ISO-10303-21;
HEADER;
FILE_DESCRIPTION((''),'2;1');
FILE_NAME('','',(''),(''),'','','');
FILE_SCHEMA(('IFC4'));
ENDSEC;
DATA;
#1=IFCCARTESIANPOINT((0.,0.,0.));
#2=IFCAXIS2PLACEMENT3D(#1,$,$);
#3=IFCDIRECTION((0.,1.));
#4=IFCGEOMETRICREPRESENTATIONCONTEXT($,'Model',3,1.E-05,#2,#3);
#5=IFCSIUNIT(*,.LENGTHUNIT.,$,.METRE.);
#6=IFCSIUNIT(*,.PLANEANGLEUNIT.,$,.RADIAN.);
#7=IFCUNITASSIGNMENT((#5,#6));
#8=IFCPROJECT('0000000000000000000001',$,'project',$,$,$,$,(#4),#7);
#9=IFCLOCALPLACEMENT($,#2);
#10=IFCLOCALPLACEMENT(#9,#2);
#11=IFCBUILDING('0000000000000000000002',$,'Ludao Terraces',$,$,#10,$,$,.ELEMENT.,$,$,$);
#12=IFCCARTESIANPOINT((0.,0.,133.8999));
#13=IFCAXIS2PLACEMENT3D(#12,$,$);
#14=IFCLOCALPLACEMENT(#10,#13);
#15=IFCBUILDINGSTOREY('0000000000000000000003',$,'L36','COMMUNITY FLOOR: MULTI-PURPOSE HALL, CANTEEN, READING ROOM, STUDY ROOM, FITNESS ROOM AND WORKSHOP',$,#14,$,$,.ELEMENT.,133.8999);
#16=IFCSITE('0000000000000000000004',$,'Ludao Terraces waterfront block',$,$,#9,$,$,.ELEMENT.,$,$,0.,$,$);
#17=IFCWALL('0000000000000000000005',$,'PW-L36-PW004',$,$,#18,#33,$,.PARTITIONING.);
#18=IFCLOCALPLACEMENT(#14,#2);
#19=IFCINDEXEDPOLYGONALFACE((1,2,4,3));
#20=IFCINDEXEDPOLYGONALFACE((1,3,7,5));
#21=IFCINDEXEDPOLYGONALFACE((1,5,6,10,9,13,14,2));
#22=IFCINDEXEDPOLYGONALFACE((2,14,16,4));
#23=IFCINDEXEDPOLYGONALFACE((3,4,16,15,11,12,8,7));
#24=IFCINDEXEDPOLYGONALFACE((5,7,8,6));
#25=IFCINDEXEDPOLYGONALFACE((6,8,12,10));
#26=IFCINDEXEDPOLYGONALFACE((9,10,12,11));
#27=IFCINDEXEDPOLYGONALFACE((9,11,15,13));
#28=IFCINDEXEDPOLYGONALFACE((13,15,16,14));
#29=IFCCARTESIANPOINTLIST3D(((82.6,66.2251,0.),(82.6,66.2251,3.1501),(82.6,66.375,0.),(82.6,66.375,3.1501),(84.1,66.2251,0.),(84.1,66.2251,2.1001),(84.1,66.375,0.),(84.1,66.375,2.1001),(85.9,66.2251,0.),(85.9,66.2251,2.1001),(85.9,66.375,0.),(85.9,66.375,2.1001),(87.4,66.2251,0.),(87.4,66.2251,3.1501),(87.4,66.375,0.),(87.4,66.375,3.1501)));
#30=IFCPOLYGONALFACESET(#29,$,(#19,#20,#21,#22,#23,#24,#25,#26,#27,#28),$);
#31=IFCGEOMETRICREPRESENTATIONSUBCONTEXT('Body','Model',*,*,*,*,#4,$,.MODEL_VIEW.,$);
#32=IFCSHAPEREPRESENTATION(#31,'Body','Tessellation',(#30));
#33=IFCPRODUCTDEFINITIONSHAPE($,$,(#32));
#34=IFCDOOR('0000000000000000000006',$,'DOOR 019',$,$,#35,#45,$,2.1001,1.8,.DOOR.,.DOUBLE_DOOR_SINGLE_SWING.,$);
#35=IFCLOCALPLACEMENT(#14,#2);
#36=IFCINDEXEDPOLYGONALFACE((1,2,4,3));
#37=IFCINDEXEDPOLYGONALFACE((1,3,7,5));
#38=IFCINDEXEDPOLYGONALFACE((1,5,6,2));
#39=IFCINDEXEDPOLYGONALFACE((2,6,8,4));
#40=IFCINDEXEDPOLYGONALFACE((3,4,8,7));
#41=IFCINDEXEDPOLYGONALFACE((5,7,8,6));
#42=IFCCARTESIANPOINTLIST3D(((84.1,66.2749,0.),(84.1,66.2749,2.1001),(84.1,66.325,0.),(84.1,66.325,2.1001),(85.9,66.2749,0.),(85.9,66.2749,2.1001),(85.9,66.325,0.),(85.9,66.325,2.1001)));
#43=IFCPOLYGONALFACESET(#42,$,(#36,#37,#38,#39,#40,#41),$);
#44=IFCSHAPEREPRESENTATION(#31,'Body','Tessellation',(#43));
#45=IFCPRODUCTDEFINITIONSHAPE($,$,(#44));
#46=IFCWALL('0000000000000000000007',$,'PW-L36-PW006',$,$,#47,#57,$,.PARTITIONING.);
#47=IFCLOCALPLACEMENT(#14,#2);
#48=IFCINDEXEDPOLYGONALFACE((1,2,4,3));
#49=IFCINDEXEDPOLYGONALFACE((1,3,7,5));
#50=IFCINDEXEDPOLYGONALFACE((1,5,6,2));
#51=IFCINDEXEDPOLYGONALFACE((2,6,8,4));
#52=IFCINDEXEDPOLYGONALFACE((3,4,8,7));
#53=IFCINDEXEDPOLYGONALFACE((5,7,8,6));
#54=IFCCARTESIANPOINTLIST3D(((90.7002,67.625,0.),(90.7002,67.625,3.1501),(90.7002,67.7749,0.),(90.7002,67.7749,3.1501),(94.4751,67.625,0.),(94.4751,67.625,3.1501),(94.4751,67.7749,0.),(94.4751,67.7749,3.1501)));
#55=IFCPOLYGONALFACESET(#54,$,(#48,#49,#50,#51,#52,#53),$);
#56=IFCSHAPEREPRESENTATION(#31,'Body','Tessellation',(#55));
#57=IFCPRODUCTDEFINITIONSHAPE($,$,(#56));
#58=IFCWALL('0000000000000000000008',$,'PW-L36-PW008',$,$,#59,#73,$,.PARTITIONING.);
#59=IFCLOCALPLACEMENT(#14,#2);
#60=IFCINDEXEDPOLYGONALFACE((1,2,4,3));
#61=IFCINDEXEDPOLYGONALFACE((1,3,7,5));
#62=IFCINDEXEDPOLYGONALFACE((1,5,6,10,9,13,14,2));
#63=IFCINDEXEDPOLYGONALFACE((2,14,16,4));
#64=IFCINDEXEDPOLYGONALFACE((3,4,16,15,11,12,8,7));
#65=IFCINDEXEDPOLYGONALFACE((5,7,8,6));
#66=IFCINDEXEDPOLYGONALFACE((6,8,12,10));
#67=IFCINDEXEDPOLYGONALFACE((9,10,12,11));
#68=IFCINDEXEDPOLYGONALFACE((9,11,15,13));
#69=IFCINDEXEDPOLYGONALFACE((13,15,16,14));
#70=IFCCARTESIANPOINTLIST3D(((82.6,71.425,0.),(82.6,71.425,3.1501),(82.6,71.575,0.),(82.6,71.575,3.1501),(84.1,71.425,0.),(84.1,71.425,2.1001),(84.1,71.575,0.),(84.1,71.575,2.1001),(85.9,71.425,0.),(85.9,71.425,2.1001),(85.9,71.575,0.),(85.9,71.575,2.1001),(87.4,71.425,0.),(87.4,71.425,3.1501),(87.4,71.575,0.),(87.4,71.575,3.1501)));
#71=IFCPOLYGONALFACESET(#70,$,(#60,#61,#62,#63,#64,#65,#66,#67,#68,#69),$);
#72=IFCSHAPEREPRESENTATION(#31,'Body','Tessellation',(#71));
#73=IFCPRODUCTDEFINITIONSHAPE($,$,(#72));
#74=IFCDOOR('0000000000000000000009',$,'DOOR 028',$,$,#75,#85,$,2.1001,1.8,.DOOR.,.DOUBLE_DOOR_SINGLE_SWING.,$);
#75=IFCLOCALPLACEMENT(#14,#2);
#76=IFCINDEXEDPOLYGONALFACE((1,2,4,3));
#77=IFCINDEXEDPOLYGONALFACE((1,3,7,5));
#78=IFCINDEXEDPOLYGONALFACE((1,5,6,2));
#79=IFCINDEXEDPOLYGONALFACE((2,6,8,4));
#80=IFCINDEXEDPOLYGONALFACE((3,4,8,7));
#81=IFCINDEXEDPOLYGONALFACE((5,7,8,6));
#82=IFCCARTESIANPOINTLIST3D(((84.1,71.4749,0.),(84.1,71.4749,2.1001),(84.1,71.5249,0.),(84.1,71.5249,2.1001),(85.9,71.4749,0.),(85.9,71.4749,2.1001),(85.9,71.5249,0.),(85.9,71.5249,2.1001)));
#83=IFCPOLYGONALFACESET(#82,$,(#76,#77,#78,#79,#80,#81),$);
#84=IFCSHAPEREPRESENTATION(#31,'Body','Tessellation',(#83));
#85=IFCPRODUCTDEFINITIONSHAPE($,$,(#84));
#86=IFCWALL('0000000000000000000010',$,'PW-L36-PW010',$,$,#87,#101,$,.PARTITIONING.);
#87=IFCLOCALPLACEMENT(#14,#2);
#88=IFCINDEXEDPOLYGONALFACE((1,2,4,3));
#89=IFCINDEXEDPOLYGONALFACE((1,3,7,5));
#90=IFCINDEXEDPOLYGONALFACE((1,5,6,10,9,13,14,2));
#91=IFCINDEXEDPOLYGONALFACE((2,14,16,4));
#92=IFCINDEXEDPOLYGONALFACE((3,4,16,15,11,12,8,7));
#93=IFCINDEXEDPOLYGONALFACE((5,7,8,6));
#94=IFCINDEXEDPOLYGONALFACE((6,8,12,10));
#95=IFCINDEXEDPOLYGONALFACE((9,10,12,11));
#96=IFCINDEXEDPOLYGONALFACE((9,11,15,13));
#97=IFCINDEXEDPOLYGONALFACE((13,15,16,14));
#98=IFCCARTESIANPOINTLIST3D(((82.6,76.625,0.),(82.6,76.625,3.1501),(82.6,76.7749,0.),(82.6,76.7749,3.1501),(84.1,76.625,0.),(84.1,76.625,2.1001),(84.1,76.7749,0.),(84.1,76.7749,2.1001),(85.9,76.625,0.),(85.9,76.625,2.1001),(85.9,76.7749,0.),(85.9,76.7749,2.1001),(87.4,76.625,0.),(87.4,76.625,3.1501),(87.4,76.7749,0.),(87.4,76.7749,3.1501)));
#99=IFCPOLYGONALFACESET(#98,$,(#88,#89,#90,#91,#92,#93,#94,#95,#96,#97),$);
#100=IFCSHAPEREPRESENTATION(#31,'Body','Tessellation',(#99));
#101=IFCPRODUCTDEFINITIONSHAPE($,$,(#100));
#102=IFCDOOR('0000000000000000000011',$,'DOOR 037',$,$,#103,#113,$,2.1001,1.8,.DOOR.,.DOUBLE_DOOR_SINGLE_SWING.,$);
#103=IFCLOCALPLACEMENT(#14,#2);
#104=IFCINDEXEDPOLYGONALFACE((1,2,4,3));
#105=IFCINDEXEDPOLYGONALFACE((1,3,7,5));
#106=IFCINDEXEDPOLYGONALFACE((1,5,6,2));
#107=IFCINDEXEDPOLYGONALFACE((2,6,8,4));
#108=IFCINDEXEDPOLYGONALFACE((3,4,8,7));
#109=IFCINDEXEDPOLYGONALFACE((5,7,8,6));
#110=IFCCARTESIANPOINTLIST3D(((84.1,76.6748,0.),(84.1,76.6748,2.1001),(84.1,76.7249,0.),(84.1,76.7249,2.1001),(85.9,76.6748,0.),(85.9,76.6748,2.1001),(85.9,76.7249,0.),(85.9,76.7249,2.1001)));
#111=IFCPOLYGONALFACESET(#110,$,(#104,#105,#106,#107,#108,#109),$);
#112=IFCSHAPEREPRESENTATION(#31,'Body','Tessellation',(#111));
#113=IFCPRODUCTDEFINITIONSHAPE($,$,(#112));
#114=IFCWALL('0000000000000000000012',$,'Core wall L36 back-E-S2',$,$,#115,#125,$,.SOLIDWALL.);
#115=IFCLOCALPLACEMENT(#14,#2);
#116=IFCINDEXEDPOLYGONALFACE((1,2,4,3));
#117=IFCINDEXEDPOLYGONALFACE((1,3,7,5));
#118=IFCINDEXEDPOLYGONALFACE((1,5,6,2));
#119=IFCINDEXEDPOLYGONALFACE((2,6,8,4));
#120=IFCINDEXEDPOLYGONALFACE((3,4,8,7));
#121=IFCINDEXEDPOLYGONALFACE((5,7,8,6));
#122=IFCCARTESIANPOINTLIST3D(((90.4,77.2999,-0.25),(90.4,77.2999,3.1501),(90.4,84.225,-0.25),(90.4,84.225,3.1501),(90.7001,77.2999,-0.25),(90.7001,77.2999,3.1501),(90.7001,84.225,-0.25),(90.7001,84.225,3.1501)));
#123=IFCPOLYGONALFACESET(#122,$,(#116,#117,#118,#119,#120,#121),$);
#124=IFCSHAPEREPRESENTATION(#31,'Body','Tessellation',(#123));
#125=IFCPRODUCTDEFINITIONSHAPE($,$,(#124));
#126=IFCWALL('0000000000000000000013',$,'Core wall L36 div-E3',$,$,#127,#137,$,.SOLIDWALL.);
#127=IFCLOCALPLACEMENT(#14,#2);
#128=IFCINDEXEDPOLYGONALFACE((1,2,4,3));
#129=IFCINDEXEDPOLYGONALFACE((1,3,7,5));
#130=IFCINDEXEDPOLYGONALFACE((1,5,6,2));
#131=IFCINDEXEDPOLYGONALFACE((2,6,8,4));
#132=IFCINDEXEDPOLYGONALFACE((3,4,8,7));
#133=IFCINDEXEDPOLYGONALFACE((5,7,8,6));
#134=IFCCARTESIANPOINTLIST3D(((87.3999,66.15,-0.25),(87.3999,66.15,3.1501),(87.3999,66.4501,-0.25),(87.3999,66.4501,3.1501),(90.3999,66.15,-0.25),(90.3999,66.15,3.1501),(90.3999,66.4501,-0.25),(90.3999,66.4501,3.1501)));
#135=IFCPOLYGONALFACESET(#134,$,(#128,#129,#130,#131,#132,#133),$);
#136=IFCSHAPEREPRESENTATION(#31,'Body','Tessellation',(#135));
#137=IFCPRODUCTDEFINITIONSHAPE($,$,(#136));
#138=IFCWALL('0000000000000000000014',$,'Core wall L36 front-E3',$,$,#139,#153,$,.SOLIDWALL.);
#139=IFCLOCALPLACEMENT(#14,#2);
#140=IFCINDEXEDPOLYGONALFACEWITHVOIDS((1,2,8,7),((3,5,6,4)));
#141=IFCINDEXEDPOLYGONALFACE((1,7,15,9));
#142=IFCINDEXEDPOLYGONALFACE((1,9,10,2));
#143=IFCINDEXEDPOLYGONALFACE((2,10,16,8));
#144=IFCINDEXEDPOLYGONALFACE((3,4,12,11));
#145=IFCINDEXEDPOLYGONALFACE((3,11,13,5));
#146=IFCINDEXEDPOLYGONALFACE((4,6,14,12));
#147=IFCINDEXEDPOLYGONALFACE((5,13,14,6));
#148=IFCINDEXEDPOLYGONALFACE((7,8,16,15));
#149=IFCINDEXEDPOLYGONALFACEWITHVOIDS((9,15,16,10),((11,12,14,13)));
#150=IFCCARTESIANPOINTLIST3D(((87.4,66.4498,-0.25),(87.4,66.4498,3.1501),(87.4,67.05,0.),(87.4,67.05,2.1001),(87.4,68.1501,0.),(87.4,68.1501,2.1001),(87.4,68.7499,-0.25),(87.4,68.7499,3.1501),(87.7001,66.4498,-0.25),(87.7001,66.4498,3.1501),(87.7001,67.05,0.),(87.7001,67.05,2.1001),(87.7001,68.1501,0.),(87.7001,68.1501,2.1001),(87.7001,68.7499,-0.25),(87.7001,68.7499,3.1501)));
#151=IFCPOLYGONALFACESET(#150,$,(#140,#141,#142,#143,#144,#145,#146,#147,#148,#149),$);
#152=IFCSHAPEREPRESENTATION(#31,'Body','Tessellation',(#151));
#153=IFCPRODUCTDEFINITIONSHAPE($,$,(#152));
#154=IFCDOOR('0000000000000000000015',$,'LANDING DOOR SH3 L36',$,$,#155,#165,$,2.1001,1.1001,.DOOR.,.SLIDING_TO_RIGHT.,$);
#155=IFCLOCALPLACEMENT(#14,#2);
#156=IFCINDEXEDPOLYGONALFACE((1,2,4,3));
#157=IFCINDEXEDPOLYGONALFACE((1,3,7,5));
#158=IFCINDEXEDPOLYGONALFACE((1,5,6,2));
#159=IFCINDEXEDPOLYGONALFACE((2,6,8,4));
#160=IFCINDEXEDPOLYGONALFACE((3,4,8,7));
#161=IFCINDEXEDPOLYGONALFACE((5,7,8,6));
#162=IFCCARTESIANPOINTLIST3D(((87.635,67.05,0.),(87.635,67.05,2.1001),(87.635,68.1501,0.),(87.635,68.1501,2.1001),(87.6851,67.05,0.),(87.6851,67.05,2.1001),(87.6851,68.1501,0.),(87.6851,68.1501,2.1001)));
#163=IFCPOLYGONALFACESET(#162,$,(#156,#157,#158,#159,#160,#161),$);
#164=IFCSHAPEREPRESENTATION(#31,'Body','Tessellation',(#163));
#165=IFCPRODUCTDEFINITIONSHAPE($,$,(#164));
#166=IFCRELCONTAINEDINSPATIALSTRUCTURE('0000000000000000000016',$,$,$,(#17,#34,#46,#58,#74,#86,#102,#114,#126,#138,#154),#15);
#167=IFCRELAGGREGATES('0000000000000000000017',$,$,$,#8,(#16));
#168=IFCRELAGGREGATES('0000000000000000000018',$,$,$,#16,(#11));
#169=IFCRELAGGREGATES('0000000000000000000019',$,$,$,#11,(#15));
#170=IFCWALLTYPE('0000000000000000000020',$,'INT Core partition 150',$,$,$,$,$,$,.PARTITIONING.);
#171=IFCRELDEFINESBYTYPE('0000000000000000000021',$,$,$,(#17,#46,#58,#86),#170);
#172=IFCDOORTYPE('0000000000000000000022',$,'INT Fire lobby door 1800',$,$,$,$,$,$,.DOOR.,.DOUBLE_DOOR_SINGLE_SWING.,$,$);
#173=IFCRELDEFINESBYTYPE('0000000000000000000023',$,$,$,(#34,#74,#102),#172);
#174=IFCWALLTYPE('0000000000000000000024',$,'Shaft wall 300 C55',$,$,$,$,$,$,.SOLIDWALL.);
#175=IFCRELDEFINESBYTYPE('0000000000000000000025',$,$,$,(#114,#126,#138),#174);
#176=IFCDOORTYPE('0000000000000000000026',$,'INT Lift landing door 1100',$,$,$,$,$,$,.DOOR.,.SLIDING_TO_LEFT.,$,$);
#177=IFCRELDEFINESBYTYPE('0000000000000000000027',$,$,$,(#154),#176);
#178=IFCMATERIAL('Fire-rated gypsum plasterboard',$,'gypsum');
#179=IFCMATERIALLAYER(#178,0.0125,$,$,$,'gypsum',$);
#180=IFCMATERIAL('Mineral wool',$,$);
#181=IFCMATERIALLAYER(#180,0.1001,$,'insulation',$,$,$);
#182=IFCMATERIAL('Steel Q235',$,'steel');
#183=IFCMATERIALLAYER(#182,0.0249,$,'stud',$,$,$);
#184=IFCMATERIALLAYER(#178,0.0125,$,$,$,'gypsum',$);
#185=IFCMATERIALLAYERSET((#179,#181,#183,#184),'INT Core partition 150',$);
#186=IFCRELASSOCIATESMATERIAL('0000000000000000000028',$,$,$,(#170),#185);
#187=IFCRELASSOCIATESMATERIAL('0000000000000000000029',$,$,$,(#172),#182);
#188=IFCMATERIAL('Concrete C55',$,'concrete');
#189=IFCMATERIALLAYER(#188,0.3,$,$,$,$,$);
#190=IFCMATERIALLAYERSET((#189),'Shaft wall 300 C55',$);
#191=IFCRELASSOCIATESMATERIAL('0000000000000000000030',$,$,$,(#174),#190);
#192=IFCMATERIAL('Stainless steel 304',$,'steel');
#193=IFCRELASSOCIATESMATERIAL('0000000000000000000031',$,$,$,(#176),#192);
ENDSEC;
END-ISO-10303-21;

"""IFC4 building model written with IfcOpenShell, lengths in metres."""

from ifc_helpers import new_model, si_unit, direction, frame, frame_2d, origin, place, context, subcontext, project, spatial, rectangle, extrude, material, layer, layer_set, type_object, element, fill, save


model = new_model("IFC4")

# Units and contexts
model_context = context("Model", 3, precision=1e-05, world=origin(), true_north=direction((0.0, 1.0)))
body_context = subcontext(model_context, "Body", "Model", "MODEL_VIEW")
ifc_project = project(units=[si_unit("LENGTHUNIT", "METRE"), si_unit("PLANEANGLEUNIT", "RADIAN")], contexts=[model_context])

# Site, building, storey
site_placement = place(None, origin())
site = spatial("IfcSite", under=ifc_project, at=site_placement, Name="Ludao Terraces waterfront block", CompositionType="ELEMENT", RefElevation=0.0)
building_placement = place(site_placement, origin())
building = spatial("IfcBuilding", under=site, at=building_placement, Name="Ludao Terraces", CompositionType="ELEMENT")
storey_placement = place(building_placement, frame((0.0, 0.0, 133.8999)))
storey = spatial("IfcBuildingStorey", under=building, at=storey_placement, Name="L36", Description="COMMUNITY FLOOR: MULTI-PURPOSE HALL, CANTEEN, READING ROOM, STUDY ROOM, FITNESS ROOM AND WORKSHOP", CompositionType="ELEMENT", Elevation=133.8999)

# Wall, opening, door
ifc_material_1 = material(Name="Fire-rated gypsum plasterboard", Category="gypsum")
ifc_layer_1 = layer(ifc_material_1, 0.0125, Category="gypsum")
ifc_material_2 = material(Name="Mineral wool")
ifc_layer_2 = layer(ifc_material_2, 0.1001, Name="insulation")
ifc_material_3 = material(Name="Steel Q235", Category="steel")
ifc_layer_3 = layer(ifc_material_3, 0.0249, Name="stud")
ifc_layer_4 = layer(ifc_material_1, 0.0125, Category="gypsum")
ifc_layer_set_1 = layer_set([ifc_layer_1, ifc_layer_2, ifc_layer_3, ifc_layer_4], Name="INT Core partition 150")
wall_type_1 = type_object("IfcWallType", Name="INT Core partition 150", PredefinedType="PARTITIONING", material=ifc_layer_set_1)
wall_1_placement = place(storey_placement, frame((82.6001, 66.3, 0.0), z_axis=(0.0, 0.0, 1.0), x_axis=(1.0, 0.0, 0.0)))
wall_1 = element("IfcWall", 1, at=wall_1_placement, inside=storey, type_object=wall_type_1, Name="PW-L36-PW004", PredefinedType="PARTITIONING", context=body_context, shape_type="SweptSolid", body=[
    extrude(rectangle(XDim=4.8, YDim=0.1499, at=frame_2d((2.3999, 0.0))), origin(), (0.0, 0.0, 1.0), 3.1501),
])
opening_1_placement = place(wall_1_placement, frame((1.5, 0.0, 0.0)))
opening_1 = element("IfcOpeningElement", 2, at=opening_1_placement, cuts=wall_1, PredefinedType="OPENING", context=body_context, shape_type="SweptSolid", body=[
    extrude(rectangle(XDim=1.8, YDim=2.1001, at=frame_2d((0.8999, 1.05))), frame((0.0, 0.085, 0.0), z_axis=(0.0, -1.0, 0.0), x_axis=(1.0, 0.0, 0.0)), (0.0, 0.0, 1.0), 0.1699),
])
door_type_1 = type_object("IfcDoorType", Name="INT Fire lobby door 1800", OperationType="DOUBLE_DOOR_SINGLE_SWING", PredefinedType="DOOR", material=ifc_material_3)
door_1_placement = place(opening_1_placement, origin())
door_1 = element("IfcDoor", 3, at=door_1_placement, inside=storey, type_object=door_type_1, Name="DOOR 019", OperationType="DOUBLE_DOOR_SINGLE_SWING", OverallHeight=2.1001, OverallWidth=1.8, PredefinedType="DOOR", context=body_context, shape_type="SweptSolid", body=[
    extrude(rectangle(XDim=1.8, YDim=2.1001, at=frame_2d((0.8999, 1.05))), frame((0.0, 0.0249, 0.0), z_axis=(0.0, -1.0, 0.0), x_axis=(1.0, 0.0, 0.0)), (0.0, 0.0, 1.0), 0.05),
])
fill(opening_1, door_1)

# Wall
wall_2_placement = place(storey_placement, frame((90.7002, 67.7, 0.0), z_axis=(0.0, 0.0, 1.0), x_axis=(1.0, 0.0, 0.0)))
element("IfcWall", 4, at=wall_2_placement, inside=storey, type_object=wall_type_1, Name="PW-L36-PW006", PredefinedType="PARTITIONING", context=body_context, shape_type="SweptSolid", body=[
    extrude(rectangle(XDim=3.7749, YDim=0.1499, at=frame_2d((1.8875, 0.0))), origin(), (0.0, 0.0, 1.0), 3.1501),
])

# Walls, openings, doors
wall_3_placement = place(storey_placement, frame((82.6001, 71.5, 0.0), z_axis=(0.0, 0.0, 1.0), x_axis=(1.0, 0.0, 0.0)))
wall_3 = element("IfcWall", 5, at=wall_3_placement, inside=storey, type_object=wall_type_1, Name="PW-L36-PW008", PredefinedType="PARTITIONING", context=body_context, shape_type="SweptSolid", body=[
    extrude(rectangle(XDim=4.8, YDim=0.1499, at=frame_2d((2.3999, 0.0))), origin(), (0.0, 0.0, 1.0), 3.1501),
])
opening_2_placement = place(wall_3_placement, frame((1.5, 0.0, 0.0)))
opening_2 = element("IfcOpeningElement", 6, at=opening_2_placement, cuts=wall_3, PredefinedType="OPENING", context=body_context, shape_type="SweptSolid", body=[
    extrude(rectangle(XDim=1.8, YDim=2.1001, at=frame_2d((0.8999, 1.05))), frame((0.0, 0.085, 0.0), z_axis=(0.0, -1.0, 0.0), x_axis=(1.0, 0.0, 0.0)), (0.0, 0.0, 1.0), 0.1699),
])
door_2_placement = place(opening_2_placement, origin())
door_2 = element("IfcDoor", 7, at=door_2_placement, inside=storey, type_object=door_type_1, Name="DOOR 028", OperationType="DOUBLE_DOOR_SINGLE_SWING", OverallHeight=2.1001, OverallWidth=1.8, PredefinedType="DOOR", context=body_context, shape_type="SweptSolid", body=[
    extrude(rectangle(XDim=1.8, YDim=2.1001, at=frame_2d((0.8999, 1.05))), frame((0.0, 0.0249, 0.0), z_axis=(0.0, -1.0, 0.0), x_axis=(1.0, 0.0, 0.0)), (0.0, 0.0, 1.0), 0.05),
])
fill(opening_2, door_2)
wall_4_placement = place(storey_placement, frame((82.6001, 76.7, 0.0), z_axis=(0.0, 0.0, 1.0), x_axis=(1.0, 0.0, 0.0)))
wall_4 = element("IfcWall", 8, at=wall_4_placement, inside=storey, type_object=wall_type_1, Name="PW-L36-PW010", PredefinedType="PARTITIONING", context=body_context, shape_type="SweptSolid", body=[
    extrude(rectangle(XDim=4.8, YDim=0.1499, at=frame_2d((2.3999, 0.0))), origin(), (0.0, 0.0, 1.0), 3.1501),
])
opening_3_placement = place(wall_4_placement, frame((1.5, 0.0, 0.0)))
opening_3 = element("IfcOpeningElement", 9, at=opening_3_placement, cuts=wall_4, PredefinedType="OPENING", context=body_context, shape_type="SweptSolid", body=[
    extrude(rectangle(XDim=1.8, YDim=2.1001, at=frame_2d((0.8999, 1.05))), frame((0.0, 0.085, 0.0), z_axis=(0.0, -1.0, 0.0), x_axis=(1.0, 0.0, 0.0)), (0.0, 0.0, 1.0), 0.1699),
])
door_3_placement = place(opening_3_placement, origin())
door_3 = element("IfcDoor", 10, at=door_3_placement, inside=storey, type_object=door_type_1, Name="DOOR 037", OperationType="DOUBLE_DOOR_SINGLE_SWING", OverallHeight=2.1001, OverallWidth=1.8, PredefinedType="DOOR", context=body_context, shape_type="SweptSolid", body=[
    extrude(rectangle(XDim=1.8, YDim=2.1001, at=frame_2d((0.8999, 1.05))), frame((0.0, 0.0249, 0.0), z_axis=(0.0, -1.0, 0.0), x_axis=(1.0, 0.0, 0.0)), (0.0, 0.0, 1.0), 0.05),
])
fill(opening_3, door_3)

# Walls
ifc_material_4 = material(Name="Concrete C55", Category="concrete")
ifc_layer_5 = layer(ifc_material_4, 0.3)
ifc_layer_set_2 = layer_set([ifc_layer_5], Name="Shaft wall 300 C55")
wall_type_2 = type_object("IfcWallType", Name="Shaft wall 300 C55", PredefinedType="SOLIDWALL", material=ifc_layer_set_2)
wall_5_placement = place(storey_placement, frame((90.55, 77.3, -0.25), z_axis=(0.0, 0.0, 1.0), x_axis=(0.0, 1.0, 0.0)))
element("IfcWall", 11, at=wall_5_placement, inside=storey, type_object=wall_type_2, Name="Core wall L36 back-E-S2", PredefinedType="SOLIDWALL", context=body_context, shape_type="SweptSolid", body=[
    extrude(rectangle(XDim=6.925, YDim=0.3, at=frame_2d((3.4624, 0.0))), origin(), (0.0, 0.0, 1.0), 3.4001),
])
wall_6_placement = place(storey_placement, frame((87.3999, 66.3, -0.25), z_axis=(0.0, 0.0, 1.0), x_axis=(1.0, 0.0, 0.0)))
element("IfcWall", 12, at=wall_6_placement, inside=storey, type_object=wall_type_2, Name="Core wall L36 div-E3", PredefinedType="SOLIDWALL", context=body_context, shape_type="SweptSolid", body=[
    extrude(rectangle(XDim=3.0, YDim=0.3, at=frame_2d((1.5, 0.0))), origin(), (0.0, 0.0, 1.0), 3.4001),
])

# Wall, opening, door
wall_7_placement = place(storey_placement, frame((87.55, 66.45, -0.25), z_axis=(0.0, 0.0, 1.0), x_axis=(0.0, 1.0, 0.0)))
wall_7 = element("IfcWall", 13, at=wall_7_placement, inside=storey, type_object=wall_type_2, Name="Core wall L36 front-E3", PredefinedType="SOLIDWALL", context=body_context, shape_type="SweptSolid", body=[
    extrude(rectangle(XDim=2.3, YDim=0.3, at=frame_2d((1.1499, 0.0))), origin(), (0.0, 0.0, 1.0), 3.4001),
])
opening_4_placement = place(wall_7_placement, frame((0.6001, 0.0, 0.25)))
opening_4 = element("IfcOpeningElement", 14, at=opening_4_placement, cuts=wall_7, PredefinedType="OPENING", context=body_context, shape_type="SweptSolid", body=[
    extrude(rectangle(XDim=1.1001, YDim=2.1001, at=frame_2d((0.55, 1.05))), frame((0.0, 0.1602, 0.0), z_axis=(0.0, -1.0, 0.0), x_axis=(1.0, 0.0, 0.0)), (0.0, 0.0, 1.0), 0.3201),
])
ifc_material_5 = material(Name="Stainless steel 304", Category="steel")
door_type_2 = type_object("IfcDoorType", Name="INT Lift landing door 1100", OperationType="SLIDING_TO_LEFT", PredefinedType="DOOR", material=ifc_material_5)
door_4_placement = place(opening_4_placement, origin())
door_4 = element("IfcDoor", 15, at=door_4_placement, inside=storey, type_object=door_type_2, Name="LANDING DOOR SH3 L36", OperationType="SLIDING_TO_RIGHT", OverallHeight=2.1001, OverallWidth=1.1001, PredefinedType="DOOR", context=body_context, shape_type="SweptSolid", body=[
    extrude(rectangle(XDim=1.1001, YDim=2.1001, at=frame_2d((0.55, 1.05))), frame((0.0, -0.085, 0.0), z_axis=(0.0, -1.0, 0.0), x_axis=(1.0, 0.0, 0.0)), (0.0, 0.0, 1.0), 0.05),
])
fill(opening_4, door_4)

save(model, "model.ifc")
